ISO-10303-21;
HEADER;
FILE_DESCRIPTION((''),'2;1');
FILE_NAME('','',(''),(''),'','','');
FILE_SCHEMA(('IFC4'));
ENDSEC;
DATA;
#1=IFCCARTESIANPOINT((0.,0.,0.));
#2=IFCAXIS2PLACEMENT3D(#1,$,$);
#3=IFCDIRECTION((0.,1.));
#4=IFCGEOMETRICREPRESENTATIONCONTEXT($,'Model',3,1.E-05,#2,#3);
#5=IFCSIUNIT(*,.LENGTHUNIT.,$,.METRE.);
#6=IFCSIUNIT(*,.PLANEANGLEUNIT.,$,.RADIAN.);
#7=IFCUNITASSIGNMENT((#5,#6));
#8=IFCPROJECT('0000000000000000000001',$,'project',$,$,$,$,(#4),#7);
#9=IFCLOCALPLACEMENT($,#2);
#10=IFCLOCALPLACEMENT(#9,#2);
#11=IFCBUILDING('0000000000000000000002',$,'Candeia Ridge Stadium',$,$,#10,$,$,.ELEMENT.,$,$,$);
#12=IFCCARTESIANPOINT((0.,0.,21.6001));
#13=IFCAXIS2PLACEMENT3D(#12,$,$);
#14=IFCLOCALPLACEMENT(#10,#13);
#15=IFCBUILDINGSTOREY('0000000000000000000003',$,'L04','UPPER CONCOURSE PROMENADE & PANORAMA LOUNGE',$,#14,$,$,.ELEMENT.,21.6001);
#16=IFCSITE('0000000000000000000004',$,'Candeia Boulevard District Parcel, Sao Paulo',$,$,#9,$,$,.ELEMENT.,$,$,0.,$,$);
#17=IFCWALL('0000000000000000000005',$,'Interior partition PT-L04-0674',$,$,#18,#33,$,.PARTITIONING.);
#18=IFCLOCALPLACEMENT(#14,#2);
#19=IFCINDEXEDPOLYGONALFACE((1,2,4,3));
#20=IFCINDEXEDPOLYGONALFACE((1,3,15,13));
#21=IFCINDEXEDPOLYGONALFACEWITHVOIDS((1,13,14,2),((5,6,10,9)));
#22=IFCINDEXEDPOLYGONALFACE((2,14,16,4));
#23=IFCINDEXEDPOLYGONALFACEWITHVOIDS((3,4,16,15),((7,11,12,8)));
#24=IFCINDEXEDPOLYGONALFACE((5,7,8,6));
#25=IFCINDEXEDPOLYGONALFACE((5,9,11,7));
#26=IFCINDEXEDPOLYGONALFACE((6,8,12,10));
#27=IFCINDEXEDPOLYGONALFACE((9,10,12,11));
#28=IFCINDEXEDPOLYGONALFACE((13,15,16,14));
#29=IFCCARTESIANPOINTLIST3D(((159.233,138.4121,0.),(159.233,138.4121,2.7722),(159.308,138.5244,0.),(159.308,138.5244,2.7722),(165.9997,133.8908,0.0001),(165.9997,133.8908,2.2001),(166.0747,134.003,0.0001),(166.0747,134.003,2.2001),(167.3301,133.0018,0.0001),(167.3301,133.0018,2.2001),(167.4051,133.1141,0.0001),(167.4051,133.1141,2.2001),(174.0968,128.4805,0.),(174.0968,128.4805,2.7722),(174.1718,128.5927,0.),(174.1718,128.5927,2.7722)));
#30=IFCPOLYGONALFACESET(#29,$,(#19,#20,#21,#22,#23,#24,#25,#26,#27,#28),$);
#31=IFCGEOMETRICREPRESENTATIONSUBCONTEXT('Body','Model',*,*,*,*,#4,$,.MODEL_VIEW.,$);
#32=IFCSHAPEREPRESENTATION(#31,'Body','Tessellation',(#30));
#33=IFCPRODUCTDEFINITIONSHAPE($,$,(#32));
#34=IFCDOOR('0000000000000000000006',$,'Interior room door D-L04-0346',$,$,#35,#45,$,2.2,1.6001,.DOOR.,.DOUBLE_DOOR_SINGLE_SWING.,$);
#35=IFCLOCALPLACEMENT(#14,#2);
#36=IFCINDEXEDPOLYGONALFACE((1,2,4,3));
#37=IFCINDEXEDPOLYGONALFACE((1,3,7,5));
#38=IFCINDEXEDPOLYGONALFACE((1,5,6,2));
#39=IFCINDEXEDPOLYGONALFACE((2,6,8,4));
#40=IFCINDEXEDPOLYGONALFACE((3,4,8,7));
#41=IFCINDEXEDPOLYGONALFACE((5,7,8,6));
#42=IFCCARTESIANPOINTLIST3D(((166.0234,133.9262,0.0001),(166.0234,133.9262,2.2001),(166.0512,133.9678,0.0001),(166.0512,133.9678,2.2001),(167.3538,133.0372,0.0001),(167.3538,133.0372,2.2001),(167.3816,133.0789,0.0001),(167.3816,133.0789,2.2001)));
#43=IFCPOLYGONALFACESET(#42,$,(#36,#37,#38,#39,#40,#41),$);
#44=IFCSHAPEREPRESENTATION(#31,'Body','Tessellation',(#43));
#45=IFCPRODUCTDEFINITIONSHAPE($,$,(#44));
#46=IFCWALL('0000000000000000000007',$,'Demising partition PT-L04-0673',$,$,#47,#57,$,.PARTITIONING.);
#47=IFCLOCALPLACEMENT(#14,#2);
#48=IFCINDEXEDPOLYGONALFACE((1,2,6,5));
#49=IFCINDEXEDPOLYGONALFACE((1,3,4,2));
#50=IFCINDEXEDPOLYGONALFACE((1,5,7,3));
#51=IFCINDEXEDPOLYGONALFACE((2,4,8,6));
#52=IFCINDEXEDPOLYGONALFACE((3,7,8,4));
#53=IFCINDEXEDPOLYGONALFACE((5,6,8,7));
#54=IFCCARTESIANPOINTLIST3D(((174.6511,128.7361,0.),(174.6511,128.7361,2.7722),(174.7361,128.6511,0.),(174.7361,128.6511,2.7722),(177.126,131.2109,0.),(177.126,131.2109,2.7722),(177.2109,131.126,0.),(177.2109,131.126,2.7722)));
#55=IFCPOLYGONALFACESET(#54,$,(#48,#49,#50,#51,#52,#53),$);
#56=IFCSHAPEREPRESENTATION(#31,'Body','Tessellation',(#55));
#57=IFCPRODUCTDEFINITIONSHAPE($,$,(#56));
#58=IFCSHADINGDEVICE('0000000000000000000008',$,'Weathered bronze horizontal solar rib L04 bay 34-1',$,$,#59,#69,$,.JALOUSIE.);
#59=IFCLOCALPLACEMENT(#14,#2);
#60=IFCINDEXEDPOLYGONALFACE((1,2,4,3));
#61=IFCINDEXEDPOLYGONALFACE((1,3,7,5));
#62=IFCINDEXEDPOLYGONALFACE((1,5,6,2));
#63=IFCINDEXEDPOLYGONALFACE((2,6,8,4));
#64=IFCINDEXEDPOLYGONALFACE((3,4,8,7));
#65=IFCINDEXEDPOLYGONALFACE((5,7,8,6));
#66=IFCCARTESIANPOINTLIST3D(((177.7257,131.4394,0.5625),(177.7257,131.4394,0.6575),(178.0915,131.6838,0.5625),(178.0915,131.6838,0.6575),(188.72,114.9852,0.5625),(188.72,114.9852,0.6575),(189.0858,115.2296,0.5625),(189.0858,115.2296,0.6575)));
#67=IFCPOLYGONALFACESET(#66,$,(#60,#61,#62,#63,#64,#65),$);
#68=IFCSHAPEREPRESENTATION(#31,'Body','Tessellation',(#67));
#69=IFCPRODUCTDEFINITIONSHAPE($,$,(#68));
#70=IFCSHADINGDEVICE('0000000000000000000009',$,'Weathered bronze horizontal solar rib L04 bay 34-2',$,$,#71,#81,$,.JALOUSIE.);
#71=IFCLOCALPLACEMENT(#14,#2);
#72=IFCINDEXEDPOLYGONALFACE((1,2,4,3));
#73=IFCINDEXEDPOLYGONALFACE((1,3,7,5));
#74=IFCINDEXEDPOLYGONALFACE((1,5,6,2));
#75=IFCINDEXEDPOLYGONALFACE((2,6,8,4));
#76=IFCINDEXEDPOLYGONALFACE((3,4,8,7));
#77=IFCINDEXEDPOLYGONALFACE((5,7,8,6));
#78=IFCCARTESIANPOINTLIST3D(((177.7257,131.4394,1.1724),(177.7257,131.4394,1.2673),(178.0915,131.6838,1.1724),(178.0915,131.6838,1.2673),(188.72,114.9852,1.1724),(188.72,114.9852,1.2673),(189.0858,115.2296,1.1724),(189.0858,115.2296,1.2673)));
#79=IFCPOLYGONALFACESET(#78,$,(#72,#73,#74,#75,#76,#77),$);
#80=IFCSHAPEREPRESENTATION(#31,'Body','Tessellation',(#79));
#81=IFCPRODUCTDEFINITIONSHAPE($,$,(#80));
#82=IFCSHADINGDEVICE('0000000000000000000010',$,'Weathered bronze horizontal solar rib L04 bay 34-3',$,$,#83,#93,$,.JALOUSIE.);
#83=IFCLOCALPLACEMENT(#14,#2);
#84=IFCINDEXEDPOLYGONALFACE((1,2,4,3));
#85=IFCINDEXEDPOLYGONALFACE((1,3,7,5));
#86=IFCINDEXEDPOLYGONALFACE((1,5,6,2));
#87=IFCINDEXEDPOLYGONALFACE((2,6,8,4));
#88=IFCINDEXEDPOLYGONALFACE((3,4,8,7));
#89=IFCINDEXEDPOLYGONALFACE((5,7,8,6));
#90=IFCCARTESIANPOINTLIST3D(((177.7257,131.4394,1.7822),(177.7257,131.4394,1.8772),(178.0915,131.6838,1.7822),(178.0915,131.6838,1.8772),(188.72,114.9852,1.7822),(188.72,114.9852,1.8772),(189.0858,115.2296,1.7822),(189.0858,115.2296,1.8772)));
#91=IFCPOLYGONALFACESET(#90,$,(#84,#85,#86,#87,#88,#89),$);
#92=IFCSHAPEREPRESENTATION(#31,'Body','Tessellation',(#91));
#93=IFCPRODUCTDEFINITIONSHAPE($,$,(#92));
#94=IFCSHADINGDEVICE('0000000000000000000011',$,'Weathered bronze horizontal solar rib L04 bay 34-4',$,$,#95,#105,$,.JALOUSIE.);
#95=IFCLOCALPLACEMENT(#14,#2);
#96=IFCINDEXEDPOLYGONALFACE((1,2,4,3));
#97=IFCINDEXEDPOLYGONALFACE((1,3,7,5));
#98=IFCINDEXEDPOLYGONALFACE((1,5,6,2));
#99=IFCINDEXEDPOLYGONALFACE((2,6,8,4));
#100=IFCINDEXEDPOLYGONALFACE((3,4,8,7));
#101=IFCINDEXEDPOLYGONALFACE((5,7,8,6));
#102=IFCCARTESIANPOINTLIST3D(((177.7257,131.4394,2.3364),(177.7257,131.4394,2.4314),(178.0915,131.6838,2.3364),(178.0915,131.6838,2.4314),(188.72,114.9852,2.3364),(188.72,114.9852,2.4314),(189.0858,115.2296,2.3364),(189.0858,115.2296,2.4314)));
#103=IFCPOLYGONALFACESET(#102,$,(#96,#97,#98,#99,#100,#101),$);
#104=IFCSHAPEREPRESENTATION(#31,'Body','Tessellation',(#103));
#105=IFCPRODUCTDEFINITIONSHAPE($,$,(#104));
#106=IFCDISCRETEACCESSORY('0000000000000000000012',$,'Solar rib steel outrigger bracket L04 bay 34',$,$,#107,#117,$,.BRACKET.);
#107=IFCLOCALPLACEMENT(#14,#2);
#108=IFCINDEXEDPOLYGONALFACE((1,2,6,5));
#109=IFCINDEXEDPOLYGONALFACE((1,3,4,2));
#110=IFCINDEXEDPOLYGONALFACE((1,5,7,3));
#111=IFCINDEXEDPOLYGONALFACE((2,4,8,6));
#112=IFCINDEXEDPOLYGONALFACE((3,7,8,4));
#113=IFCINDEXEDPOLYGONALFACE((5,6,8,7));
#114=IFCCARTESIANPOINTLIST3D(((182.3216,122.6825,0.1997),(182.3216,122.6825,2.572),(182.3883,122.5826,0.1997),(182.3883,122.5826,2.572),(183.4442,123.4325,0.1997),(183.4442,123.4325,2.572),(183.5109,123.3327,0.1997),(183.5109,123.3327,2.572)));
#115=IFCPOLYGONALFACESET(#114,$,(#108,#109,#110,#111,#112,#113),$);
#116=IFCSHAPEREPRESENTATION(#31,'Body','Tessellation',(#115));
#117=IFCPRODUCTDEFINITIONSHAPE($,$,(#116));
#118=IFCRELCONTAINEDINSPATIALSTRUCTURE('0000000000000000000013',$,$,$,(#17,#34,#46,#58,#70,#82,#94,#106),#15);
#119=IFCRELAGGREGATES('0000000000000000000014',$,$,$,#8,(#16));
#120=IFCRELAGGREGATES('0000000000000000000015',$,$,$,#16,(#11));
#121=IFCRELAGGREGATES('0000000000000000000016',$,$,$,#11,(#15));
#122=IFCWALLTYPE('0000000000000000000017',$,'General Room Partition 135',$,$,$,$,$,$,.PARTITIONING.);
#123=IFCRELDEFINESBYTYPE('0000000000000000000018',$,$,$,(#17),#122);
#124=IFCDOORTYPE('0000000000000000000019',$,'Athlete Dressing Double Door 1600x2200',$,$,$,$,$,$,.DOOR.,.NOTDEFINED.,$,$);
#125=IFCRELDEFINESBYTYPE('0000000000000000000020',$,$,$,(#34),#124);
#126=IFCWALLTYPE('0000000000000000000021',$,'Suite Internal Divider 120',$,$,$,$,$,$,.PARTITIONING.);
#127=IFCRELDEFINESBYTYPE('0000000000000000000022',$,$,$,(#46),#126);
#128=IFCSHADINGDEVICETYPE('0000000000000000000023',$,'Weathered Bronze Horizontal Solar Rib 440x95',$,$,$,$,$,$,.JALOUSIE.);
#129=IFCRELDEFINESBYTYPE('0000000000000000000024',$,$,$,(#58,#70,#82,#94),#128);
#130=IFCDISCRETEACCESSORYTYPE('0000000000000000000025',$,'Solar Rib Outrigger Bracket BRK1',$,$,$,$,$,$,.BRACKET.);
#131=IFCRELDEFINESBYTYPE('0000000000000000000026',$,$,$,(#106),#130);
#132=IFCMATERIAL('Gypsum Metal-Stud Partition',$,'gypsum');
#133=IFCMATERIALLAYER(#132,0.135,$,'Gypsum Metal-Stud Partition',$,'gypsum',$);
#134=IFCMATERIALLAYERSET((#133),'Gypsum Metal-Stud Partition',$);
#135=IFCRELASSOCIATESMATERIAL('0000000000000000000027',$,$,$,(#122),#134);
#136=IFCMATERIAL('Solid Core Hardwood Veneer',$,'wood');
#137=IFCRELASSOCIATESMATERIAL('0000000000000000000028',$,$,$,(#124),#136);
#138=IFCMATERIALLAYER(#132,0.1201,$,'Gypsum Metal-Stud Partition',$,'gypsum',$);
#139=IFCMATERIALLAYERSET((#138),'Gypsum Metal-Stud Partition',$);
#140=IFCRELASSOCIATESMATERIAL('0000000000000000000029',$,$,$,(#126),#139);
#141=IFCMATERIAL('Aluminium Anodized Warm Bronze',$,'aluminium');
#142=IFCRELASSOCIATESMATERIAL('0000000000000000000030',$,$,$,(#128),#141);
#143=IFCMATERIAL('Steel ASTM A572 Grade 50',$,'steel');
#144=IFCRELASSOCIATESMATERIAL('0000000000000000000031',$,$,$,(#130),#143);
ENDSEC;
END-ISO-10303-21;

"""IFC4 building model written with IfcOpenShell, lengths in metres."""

from ifc_helpers import new_model, si_unit, direction, frame, frame_2d, origin, origin_2d, place, context, subcontext, project, spatial, rectangle, extrude, material, layer, layer_set, type_object, element, fill, save


model = new_model("IFC4")

# Units and contexts
model_context = context("Model", 3, precision=1e-05, world=origin(), true_north=direction((0.0, 1.0)))
body_context = subcontext(model_context, "Body", "Model", "MODEL_VIEW")
ifc_project = project(units=[si_unit("LENGTHUNIT", "METRE"), si_unit("PLANEANGLEUNIT", "RADIAN")], contexts=[model_context])

# Site, building, storey
site_placement = place(None, origin())
site = spatial("IfcSite", under=ifc_project, at=site_placement, Name="Candeia Boulevard District Parcel, Sao Paulo", CompositionType="ELEMENT", RefElevation=0.0)
building_placement = place(site_placement, origin())
building = spatial("IfcBuilding", under=site, at=building_placement, Name="Candeia Ridge Stadium", CompositionType="ELEMENT")
storey_placement = place(building_placement, frame((0.0, 0.0, 21.6001)))
storey = spatial("IfcBuildingStorey", under=building, at=storey_placement, Name="L04", Description="UPPER CONCOURSE PROMENADE & PANORAMA LOUNGE", CompositionType="ELEMENT", Elevation=21.6001)

# Shared definitions
ifc_material_1 = material(Name="Aluminium Anodized Warm Bronze", Category="aluminium")

# Wall, opening, door
ifc_material_2 = material(Name="Gypsum Metal-Stud Partition", Category="gypsum")
ifc_layer_1 = layer(ifc_material_2, 0.135, Name="Gypsum Metal-Stud Partition", Category="gypsum")
ifc_layer_set_1 = layer_set([ifc_layer_1], Name="Gypsum Metal-Stud Partition")
wall_type_1 = type_object("IfcWallType", Name="General Room Partition 135", PredefinedType="PARTITIONING", material=ifc_layer_set_1)
wall_1_placement = place(storey_placement, frame((174.1343, 128.5366, 0.0), z_axis=(0.0, 0.0, 1.0), x_axis=(-0.83147, 0.55557, 0.0)))
wall_1 = element("IfcWall", 1, at=wall_1_placement, inside=storey, type_object=wall_type_1, Name="Interior partition PT-L04-0674", PredefinedType="PARTITIONING", context=body_context, shape_type="SweptSolid", body=[
    extrude(rectangle(XDim=17.8765, YDim=0.135, at=frame_2d((8.9382, 0.0))), origin(), (0.0, 0.0, 1.0), 2.7722),
])
opening_placement = place(wall_1_placement, frame((8.1382, 0.0, 0.0)))
opening = element("IfcOpeningElement", 2, at=opening_placement, cuts=wall_1, PredefinedType="OPENING", context=body_context, shape_type="SweptSolid", body=[
    extrude(rectangle(XDim=1.6001, YDim=2.2, at=frame_2d((0.8, 1.1001))), frame((0.0, 0.0774, 0.0), z_axis=(0.0, -1.0, 0.0), x_axis=(1.0, 0.0, 0.0)), (0.0, 0.0, 1.0), 0.155),
])
ifc_material_3 = material(Name="Solid Core Hardwood Veneer", Category="wood")
door_type = type_object("IfcDoorType", Name="Athlete Dressing Double Door 1600x2200", OperationType="NOTDEFINED", PredefinedType="DOOR", material=ifc_material_3)
door_placement = place(opening_placement, origin())
door = element("IfcDoor", 3, at=door_placement, inside=storey, type_object=door_type, Name="Interior room door D-L04-0346", OperationType="DOUBLE_DOOR_SINGLE_SWING", OverallHeight=2.2, OverallWidth=1.6001, PredefinedType="DOOR", context=body_context, shape_type="SweptSolid", body=[
    extrude(rectangle(XDim=1.6001, YDim=2.2, at=frame_2d((0.8, 1.1001))), frame((0.0, 0.0249, 0.0), z_axis=(0.0, -1.0, 0.0), x_axis=(1.0, 0.0, 0.0)), (0.0, 0.0, 1.0), 0.05),
])
fill(opening, door)

# Wall
ifc_layer_2 = layer(ifc_material_2, 0.1201, Name="Gypsum Metal-Stud Partition", Category="gypsum")
ifc_layer_set_2 = layer_set([ifc_layer_2], Name="Gypsum Metal-Stud Partition")
wall_type_2 = type_object("IfcWallType", Name="Suite Internal Divider 120", PredefinedType="PARTITIONING", material=ifc_layer_set_2)
wall_2_placement = place(storey_placement, frame((174.6936, 128.6936, 0.0), z_axis=(0.0, 0.0, 1.0), x_axis=(0.707107, 0.707107, 0.0)))
element("IfcWall", 4, at=wall_2_placement, inside=storey, type_object=wall_type_2, Name="Demising partition PT-L04-0673", PredefinedType="PARTITIONING", context=body_context, shape_type="SweptSolid", body=[
    extrude(rectangle(XDim=3.5, YDim=0.1201, at=frame_2d((1.75, 0.0))), origin(), (0.0, 0.0, 1.0), 2.7722),
])

# Shading devices
shading_device_type = type_object("IfcShadingDeviceType", Name="Weathered Bronze Horizontal Solar Rib 440x95", PredefinedType="JALOUSIE", material=ifc_material_1)
for number, where, z_axis, x_axis, name in (
    (5, (183.4058, 123.3345, 0.5625), (0.0, 0.0, 1.0), (-0.55557, 0.83147, 0.0), "Weathered bronze horizontal solar rib L04 bay 34-1"),
    (6, (183.4058, 123.3345, 1.1724), (0.0, 0.0, 1.0), (-0.55557, 0.83147, 0.0), "Weathered bronze horizontal solar rib L04 bay 34-2"),
    (7, (183.4058, 123.3345, 1.7822), (0.0, 0.0, 1.0), (-0.55557, 0.83147, 0.0), "Weathered bronze horizontal solar rib L04 bay 34-3"),
    (8, (183.4058, 123.3345, 2.3364), (0.0, 0.0, 1.0), (-0.55557, 0.83147, 0.0), "Weathered bronze horizontal solar rib L04 bay 34-4"),
):
    element("IfcShadingDevice", number, at=place(storey_placement, frame(where, z_axis=z_axis, x_axis=x_axis)), inside=storey, type_object=shading_device_type, Name=name, PredefinedType="JALOUSIE", context=body_context, shape_type="SweptSolid", body=[
        extrude(rectangle(XDim=19.7893, YDim=0.4399, at=origin_2d()), origin(), (0.0, 0.0, 1.0), 0.095),
    ])

# Discrete accessory
ifc_material_4 = material(Name="Steel ASTM A572 Grade 50", Category="steel")
discrete_accessory_type = type_object("IfcDiscreteAccessoryType", Name="Solar Rib Outrigger Bracket BRK1", PredefinedType="BRACKET", material=ifc_material_4)
discrete_accessory_placement = place(storey_placement, frame((182.9163, 123.0076, 0.1997), z_axis=(0.0, 0.0, 1.0), x_axis=(0.83147, 0.55557, 0.0)))
element("IfcDiscreteAccessory", 9, at=discrete_accessory_placement, inside=storey, type_object=discrete_accessory_type, Name="Solar rib steel outrigger bracket L04 bay 34", PredefinedType="BRACKET", context=body_context, shape_type="SweptSolid", body=[
    extrude(rectangle(XDim=1.3501, YDim=0.1201, at=origin_2d()), origin(), (0.0, 0.0, 1.0), 2.3723),
])

save(model, "model.ifc")
